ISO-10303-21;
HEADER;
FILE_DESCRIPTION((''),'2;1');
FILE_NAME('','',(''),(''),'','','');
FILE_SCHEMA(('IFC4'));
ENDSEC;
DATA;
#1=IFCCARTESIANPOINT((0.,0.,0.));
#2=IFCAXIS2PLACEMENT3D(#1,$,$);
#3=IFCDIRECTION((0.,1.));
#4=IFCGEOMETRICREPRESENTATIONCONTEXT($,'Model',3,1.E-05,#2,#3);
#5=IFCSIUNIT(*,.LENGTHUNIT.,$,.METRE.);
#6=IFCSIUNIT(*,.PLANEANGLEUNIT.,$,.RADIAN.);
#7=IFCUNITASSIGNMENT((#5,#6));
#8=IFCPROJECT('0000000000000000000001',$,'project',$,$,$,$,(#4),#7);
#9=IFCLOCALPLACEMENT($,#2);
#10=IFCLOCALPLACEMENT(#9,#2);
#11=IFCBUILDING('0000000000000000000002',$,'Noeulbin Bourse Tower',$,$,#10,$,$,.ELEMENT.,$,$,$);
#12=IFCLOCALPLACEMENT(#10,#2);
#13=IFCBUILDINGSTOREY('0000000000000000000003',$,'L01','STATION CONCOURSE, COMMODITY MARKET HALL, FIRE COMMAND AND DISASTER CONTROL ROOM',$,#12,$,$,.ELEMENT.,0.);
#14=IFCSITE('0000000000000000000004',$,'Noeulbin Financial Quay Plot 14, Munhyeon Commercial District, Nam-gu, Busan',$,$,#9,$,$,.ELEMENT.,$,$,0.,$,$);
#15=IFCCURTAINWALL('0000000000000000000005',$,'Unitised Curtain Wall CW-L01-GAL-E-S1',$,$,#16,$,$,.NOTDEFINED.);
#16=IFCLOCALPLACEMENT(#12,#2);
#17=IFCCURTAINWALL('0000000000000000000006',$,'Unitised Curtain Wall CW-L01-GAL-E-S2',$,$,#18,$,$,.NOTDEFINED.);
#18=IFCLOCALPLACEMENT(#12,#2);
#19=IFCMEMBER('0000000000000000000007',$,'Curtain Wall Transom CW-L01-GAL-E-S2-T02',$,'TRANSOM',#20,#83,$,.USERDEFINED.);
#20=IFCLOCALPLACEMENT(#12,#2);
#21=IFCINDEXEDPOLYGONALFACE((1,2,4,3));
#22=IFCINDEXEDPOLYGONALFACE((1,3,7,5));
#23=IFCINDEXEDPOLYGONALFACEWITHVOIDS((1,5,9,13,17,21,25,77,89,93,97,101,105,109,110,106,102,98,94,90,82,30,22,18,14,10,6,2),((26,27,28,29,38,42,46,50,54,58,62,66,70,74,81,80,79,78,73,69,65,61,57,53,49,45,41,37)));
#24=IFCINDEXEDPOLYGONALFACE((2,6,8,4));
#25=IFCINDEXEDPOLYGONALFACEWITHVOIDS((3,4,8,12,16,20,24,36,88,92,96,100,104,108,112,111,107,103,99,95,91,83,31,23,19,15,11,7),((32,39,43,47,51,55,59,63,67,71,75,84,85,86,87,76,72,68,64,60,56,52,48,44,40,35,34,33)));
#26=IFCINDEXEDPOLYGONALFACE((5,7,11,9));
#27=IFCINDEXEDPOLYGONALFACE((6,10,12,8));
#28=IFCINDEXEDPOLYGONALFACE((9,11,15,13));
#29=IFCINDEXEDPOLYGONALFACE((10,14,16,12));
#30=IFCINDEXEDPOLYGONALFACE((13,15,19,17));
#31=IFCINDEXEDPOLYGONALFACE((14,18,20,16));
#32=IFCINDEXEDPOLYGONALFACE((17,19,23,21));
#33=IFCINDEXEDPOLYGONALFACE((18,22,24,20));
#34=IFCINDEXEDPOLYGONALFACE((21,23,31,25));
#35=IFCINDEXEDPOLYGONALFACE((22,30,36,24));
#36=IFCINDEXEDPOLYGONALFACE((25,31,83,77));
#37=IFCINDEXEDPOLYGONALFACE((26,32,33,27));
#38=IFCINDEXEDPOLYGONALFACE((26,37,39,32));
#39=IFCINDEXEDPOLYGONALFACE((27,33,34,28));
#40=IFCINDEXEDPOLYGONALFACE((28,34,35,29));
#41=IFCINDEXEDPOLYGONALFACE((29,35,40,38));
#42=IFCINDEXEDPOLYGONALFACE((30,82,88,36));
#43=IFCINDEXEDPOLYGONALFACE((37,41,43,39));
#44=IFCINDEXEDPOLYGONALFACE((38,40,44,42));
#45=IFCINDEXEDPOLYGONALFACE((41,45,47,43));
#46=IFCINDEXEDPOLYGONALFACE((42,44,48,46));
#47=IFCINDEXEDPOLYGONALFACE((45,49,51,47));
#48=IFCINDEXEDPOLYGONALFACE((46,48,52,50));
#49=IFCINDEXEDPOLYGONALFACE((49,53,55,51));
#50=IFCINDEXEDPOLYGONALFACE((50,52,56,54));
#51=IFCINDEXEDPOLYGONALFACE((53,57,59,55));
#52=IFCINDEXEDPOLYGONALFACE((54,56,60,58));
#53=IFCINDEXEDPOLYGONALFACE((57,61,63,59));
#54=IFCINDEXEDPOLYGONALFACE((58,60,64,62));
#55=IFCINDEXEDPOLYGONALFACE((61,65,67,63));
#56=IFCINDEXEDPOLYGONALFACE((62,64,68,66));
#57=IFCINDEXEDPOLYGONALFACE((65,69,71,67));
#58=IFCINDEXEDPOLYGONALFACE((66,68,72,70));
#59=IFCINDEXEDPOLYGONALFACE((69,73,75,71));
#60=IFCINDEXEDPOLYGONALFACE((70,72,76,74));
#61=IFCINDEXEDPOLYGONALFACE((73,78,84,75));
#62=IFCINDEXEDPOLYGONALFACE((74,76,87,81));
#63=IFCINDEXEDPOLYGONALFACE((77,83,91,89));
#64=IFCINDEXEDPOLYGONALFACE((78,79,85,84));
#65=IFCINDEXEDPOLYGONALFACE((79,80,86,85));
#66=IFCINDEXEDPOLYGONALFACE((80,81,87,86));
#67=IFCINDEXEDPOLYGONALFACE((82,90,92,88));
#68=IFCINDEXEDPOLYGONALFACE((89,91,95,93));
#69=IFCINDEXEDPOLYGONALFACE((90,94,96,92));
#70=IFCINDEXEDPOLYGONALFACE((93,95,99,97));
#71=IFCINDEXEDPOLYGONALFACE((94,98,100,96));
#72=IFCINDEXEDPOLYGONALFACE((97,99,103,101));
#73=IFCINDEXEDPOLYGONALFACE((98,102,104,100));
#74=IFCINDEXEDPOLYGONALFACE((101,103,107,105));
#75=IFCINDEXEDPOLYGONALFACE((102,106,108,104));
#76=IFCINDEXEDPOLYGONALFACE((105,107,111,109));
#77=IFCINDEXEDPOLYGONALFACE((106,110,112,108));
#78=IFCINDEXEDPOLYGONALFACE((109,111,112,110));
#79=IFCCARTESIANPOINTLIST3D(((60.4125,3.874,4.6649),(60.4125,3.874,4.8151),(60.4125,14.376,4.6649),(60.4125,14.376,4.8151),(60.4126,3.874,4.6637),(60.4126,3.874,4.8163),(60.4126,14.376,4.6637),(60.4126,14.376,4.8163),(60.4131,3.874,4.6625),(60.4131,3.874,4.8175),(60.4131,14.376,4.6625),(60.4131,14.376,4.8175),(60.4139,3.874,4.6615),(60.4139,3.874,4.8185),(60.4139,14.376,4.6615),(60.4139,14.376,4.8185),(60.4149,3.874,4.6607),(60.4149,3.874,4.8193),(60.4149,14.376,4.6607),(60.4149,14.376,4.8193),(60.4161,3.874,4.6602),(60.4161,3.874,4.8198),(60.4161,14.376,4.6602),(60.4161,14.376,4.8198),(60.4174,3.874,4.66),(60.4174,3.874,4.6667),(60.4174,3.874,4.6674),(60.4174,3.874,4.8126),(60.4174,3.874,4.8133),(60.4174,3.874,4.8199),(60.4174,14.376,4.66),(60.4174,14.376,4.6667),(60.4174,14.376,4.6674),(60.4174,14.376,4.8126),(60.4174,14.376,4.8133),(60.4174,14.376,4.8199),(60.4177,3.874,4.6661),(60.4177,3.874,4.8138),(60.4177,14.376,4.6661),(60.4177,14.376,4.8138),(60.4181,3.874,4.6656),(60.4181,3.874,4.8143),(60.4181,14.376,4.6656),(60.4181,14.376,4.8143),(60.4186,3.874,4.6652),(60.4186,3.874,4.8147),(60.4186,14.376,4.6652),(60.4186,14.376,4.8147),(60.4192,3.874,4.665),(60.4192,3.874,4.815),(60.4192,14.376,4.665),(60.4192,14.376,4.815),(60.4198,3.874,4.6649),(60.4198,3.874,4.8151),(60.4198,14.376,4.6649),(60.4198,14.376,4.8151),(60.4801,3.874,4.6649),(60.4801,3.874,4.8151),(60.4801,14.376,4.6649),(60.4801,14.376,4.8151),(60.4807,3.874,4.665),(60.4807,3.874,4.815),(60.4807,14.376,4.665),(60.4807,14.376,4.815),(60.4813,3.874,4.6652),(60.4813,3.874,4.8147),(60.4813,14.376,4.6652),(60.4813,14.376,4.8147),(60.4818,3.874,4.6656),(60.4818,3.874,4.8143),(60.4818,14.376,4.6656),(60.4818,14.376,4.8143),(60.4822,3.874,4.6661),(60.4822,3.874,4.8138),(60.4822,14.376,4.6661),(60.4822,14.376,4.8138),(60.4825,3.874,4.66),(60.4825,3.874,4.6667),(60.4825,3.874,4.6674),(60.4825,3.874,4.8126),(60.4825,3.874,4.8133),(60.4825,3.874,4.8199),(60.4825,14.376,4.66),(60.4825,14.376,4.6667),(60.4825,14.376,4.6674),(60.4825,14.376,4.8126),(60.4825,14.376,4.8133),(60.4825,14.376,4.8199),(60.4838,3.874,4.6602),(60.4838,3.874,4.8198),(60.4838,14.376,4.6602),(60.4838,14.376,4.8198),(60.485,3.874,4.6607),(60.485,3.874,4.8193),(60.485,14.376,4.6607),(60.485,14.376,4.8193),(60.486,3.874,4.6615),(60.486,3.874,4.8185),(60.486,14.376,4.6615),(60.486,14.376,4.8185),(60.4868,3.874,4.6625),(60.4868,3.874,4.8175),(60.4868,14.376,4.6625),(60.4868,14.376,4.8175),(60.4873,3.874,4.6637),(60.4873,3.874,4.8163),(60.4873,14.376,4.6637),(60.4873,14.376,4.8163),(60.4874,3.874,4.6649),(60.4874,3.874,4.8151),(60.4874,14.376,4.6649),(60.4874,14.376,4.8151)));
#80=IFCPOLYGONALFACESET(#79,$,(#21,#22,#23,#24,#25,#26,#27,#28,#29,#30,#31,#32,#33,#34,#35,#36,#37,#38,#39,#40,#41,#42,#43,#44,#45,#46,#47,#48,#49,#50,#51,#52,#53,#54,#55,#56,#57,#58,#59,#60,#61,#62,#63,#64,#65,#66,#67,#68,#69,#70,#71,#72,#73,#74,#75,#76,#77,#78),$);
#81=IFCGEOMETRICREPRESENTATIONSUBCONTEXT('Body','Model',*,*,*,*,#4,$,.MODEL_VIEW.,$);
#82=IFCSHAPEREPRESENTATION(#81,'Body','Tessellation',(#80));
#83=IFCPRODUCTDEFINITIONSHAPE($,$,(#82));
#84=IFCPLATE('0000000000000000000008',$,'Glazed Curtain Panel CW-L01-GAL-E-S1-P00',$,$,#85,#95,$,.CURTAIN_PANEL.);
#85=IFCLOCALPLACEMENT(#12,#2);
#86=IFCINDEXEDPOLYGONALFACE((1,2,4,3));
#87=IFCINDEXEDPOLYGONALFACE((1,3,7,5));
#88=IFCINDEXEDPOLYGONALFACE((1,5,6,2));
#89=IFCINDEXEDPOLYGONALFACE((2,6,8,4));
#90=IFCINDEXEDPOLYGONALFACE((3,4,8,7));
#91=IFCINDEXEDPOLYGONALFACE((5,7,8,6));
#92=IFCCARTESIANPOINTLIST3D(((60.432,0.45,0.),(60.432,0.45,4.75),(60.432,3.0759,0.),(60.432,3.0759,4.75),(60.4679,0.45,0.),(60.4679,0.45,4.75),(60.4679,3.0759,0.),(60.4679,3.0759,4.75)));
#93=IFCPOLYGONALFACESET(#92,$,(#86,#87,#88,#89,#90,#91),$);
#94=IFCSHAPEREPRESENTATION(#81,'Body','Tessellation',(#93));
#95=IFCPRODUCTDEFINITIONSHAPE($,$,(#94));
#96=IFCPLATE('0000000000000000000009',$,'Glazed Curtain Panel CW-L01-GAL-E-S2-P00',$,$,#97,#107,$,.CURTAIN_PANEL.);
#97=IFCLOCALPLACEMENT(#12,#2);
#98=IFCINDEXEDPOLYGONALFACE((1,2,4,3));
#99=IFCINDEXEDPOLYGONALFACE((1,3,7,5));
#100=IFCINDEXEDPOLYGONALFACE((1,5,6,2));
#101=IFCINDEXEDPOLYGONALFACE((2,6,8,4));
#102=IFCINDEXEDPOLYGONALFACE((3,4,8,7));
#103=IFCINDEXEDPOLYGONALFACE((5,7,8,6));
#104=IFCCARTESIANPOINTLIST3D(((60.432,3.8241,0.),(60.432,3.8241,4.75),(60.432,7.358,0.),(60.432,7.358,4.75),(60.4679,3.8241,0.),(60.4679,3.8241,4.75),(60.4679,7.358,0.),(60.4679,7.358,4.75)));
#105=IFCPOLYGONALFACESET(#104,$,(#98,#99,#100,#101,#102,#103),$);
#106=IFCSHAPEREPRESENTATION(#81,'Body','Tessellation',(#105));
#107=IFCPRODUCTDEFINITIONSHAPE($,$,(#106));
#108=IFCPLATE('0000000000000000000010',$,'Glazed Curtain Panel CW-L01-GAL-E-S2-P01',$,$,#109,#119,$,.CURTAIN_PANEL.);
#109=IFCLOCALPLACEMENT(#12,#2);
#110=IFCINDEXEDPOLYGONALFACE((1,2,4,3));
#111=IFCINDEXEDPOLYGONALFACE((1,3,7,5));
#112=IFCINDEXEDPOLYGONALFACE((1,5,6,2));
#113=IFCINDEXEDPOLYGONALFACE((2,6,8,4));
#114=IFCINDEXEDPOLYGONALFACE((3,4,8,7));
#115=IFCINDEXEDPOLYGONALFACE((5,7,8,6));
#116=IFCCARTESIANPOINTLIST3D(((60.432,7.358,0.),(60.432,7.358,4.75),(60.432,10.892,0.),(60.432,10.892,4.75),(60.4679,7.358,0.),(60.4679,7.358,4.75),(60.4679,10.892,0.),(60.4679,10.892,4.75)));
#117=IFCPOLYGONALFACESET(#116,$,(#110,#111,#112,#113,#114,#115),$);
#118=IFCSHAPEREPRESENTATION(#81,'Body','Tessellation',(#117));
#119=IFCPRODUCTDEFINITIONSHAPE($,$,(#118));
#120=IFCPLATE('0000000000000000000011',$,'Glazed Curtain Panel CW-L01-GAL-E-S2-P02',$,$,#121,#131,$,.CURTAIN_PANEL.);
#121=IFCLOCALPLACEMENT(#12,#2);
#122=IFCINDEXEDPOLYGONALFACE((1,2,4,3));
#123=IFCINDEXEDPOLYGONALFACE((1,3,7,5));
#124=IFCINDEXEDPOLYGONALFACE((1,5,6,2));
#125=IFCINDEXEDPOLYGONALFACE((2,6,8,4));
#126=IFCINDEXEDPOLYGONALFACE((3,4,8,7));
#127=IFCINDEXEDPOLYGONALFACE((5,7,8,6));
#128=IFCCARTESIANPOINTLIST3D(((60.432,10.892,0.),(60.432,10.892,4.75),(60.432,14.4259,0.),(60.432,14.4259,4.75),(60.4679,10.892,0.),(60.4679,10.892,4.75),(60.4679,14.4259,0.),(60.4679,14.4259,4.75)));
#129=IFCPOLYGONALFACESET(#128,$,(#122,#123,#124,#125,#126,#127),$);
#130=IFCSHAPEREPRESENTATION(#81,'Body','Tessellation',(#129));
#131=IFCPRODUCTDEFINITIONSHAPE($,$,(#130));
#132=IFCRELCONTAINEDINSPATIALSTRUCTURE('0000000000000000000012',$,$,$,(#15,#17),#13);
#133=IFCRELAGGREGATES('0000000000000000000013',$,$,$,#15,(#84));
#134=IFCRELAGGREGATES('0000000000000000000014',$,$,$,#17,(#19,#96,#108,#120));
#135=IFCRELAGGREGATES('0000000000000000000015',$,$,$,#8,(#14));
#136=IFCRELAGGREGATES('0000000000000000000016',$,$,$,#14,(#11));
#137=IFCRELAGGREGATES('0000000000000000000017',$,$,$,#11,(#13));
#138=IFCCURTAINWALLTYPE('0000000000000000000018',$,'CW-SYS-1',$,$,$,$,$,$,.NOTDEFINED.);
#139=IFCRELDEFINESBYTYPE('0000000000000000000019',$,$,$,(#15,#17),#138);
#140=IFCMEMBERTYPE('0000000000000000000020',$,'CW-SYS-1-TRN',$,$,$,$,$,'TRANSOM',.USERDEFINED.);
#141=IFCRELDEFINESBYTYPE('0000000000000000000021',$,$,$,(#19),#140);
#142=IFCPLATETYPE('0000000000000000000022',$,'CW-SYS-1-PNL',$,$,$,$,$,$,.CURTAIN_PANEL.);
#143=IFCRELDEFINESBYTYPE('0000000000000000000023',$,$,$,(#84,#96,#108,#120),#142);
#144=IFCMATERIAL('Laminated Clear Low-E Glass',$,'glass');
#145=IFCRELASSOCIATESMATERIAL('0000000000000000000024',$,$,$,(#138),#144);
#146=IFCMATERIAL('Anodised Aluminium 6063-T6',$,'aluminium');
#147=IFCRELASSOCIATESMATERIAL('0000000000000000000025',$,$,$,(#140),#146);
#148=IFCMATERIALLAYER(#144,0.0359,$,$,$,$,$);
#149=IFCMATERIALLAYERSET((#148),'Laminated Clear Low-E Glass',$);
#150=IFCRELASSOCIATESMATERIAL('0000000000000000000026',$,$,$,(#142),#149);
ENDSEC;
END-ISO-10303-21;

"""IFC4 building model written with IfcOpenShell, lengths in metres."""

from ifc_helpers import new_model, si_unit, direction, frame, origin, origin_2d, place, context, subcontext, project, spatial, rectangle, hollow_rectangle, extrude, material, layer, layer_set, material_profile, profile_set, type_object, element, aggregate, save


model = new_model("IFC4")

# Units and contexts
model_context = context("Model", 3, precision=1e-05, world=origin(), true_north=direction((0.0, 1.0)))
body_context = subcontext(model_context, "Body", "Model", "MODEL_VIEW")
ifc_project = project(units=[si_unit("LENGTHUNIT", "METRE"), si_unit("PLANEANGLEUNIT", "RADIAN")], contexts=[model_context])

# Site, building, storey
site_placement = place(None, origin())
site = spatial("IfcSite", under=ifc_project, at=site_placement, Name="Noeulbin Financial Quay Plot 14, Munhyeon Commercial District, Nam-gu, Busan", CompositionType="ELEMENT", RefElevation=0.0)
building_placement = place(site_placement, origin())
building = spatial("IfcBuilding", under=site, at=building_placement, Name="Noeulbin Bourse Tower", CompositionType="ELEMENT")
storey_placement = place(building_placement, origin())
storey = spatial("IfcBuildingStorey", under=building, at=storey_placement, Name="L01", Description="STATION CONCOURSE, COMMODITY MARKET HALL, FIRE COMMAND AND DISASTER CONTROL ROOM", CompositionType="ELEMENT", Elevation=0.0)

# Curtain walls
ifc_material_1 = material(Name="Laminated Clear Low-E Glass", Category="glass")
curtain_wall_type = type_object("IfcCurtainWallType", Name="CW-SYS-1", PredefinedType="NOTDEFINED", material=ifc_material_1)
curtain_wall_1_placement = place(storey_placement, origin())
curtain_wall_1 = element("IfcCurtainWall", 1, at=curtain_wall_1_placement, inside=storey, type_object=curtain_wall_type, Name="Unitised Curtain Wall CW-L01-GAL-E-S1", PredefinedType="NOTDEFINED")
ifc_material_2 = material(Name="Anodised Aluminium 6063-T6", Category="aluminium")
curtain_wall_2_placement = place(storey_placement, origin())
curtain_wall_2 = element("IfcCurtainWall", 2, at=curtain_wall_2_placement, inside=storey, type_object=curtain_wall_type, Name="Unitised Curtain Wall CW-L01-GAL-E-S2", PredefinedType="NOTDEFINED")

# Member
ifc_material_profile_1 = material_profile(ifc_material_2, hollow_rectangle(XDim=0.075, YDim=0.1599, WallThickness=0.0049, InnerFilletRadius=0.0024, OuterFilletRadius=0.0049, at=origin_2d()), Name="ALU-TRAN-75x160x5", Category="LoadBearing")
ifc_profile_set_1 = profile_set([ifc_material_profile_1], Name="Anodised Aluminium 6063-T6")
member_type_1 = type_object("IfcMemberType", Name="CW-SYS-1-TRN", ElementType="TRANSOM", PredefinedType="USERDEFINED", material=ifc_profile_set_1)
member_1_placement = place(storey_placement, frame((60.45, 3.874, 4.74), z_axis=(0.0, 1.0, 0.0), x_axis=(-1.0, 0.0, 0.0)))
member_1 = element("IfcMember", 3, at=member_1_placement, type_object=member_type_1, Name="Curtain Wall Transom CW-L01-GAL-E-S2-T02", ObjectType="TRANSOM", PredefinedType="USERDEFINED", context=body_context, shape_type="SweptSolid", body=[
    extrude(hollow_rectangle(XDim=0.075, YDim=0.1599, WallThickness=0.0049, InnerFilletRadius=0.0024, OuterFilletRadius=0.0049, at=origin_2d()), origin(), (0.0, 0.0, 1.0), 10.502),
])

# Plates
ifc_layer_1 = layer(ifc_material_1, 0.0359)
ifc_layer_set_1 = layer_set([ifc_layer_1], Name="Laminated Clear Low-E Glass")
plate_type = type_object("IfcPlateType", Name="CW-SYS-1-PNL", PredefinedType="CURTAIN_PANEL", material=ifc_layer_set_1)
plate_1_placement = place(storey_placement, frame((60.45, 1.7629, 0.0), z_axis=(0.0, 0.0, 1.0), x_axis=(0.0, 1.0, 0.0)))
plate_1 = element("IfcPlate", 4, at=plate_1_placement, type_object=plate_type, Name="Glazed Curtain Panel CW-L01-GAL-E-S1-P00", PredefinedType="CURTAIN_PANEL", context=body_context, shape_type="SweptSolid", body=[
    extrude(rectangle(XDim=2.626, YDim=0.0359, at=origin_2d()), origin(), (0.0, 0.0, 1.0), 4.75),
])
aggregate(curtain_wall_1, [plate_1])
plate_2_placement = place(storey_placement, frame((60.45, 5.5911, 0.0), z_axis=(0.0, 0.0, 1.0), x_axis=(0.0, 1.0, 0.0)))
plate_2 = element("IfcPlate", 5, at=plate_2_placement, type_object=plate_type, Name="Glazed Curtain Panel CW-L01-GAL-E-S2-P00", PredefinedType="CURTAIN_PANEL", context=body_context, shape_type="SweptSolid", body=[
    extrude(rectangle(XDim=3.5339, YDim=0.0359, at=origin_2d()), origin(), (0.0, 0.0, 1.0), 4.75),
])
plate_3_placement = place(storey_placement, frame((60.45, 9.125, 0.0), z_axis=(0.0, 0.0, 1.0), x_axis=(0.0, 1.0, 0.0)))
plate_3 = element("IfcPlate", 6, at=plate_3_placement, type_object=plate_type, Name="Glazed Curtain Panel CW-L01-GAL-E-S2-P01", PredefinedType="CURTAIN_PANEL", context=body_context, shape_type="SweptSolid", body=[
    extrude(rectangle(XDim=3.5339, YDim=0.0359, at=origin_2d()), origin(), (0.0, 0.0, 1.0), 4.75),
])
plate_4_placement = place(storey_placement, frame((60.45, 12.6589, 0.0), z_axis=(0.0, 0.0, 1.0), x_axis=(0.0, 1.0, 0.0)))
plate_4 = element("IfcPlate", 7, at=plate_4_placement, type_object=plate_type, Name="Glazed Curtain Panel CW-L01-GAL-E-S2-P02", PredefinedType="CURTAIN_PANEL", context=body_context, shape_type="SweptSolid", body=[
    extrude(rectangle(XDim=3.5339, YDim=0.0359, at=origin_2d()), origin(), (0.0, 0.0, 1.0), 4.75),
])
aggregate(curtain_wall_2, [member_1, plate_2, plate_3, plate_4])

save(model, "model.ifc")
